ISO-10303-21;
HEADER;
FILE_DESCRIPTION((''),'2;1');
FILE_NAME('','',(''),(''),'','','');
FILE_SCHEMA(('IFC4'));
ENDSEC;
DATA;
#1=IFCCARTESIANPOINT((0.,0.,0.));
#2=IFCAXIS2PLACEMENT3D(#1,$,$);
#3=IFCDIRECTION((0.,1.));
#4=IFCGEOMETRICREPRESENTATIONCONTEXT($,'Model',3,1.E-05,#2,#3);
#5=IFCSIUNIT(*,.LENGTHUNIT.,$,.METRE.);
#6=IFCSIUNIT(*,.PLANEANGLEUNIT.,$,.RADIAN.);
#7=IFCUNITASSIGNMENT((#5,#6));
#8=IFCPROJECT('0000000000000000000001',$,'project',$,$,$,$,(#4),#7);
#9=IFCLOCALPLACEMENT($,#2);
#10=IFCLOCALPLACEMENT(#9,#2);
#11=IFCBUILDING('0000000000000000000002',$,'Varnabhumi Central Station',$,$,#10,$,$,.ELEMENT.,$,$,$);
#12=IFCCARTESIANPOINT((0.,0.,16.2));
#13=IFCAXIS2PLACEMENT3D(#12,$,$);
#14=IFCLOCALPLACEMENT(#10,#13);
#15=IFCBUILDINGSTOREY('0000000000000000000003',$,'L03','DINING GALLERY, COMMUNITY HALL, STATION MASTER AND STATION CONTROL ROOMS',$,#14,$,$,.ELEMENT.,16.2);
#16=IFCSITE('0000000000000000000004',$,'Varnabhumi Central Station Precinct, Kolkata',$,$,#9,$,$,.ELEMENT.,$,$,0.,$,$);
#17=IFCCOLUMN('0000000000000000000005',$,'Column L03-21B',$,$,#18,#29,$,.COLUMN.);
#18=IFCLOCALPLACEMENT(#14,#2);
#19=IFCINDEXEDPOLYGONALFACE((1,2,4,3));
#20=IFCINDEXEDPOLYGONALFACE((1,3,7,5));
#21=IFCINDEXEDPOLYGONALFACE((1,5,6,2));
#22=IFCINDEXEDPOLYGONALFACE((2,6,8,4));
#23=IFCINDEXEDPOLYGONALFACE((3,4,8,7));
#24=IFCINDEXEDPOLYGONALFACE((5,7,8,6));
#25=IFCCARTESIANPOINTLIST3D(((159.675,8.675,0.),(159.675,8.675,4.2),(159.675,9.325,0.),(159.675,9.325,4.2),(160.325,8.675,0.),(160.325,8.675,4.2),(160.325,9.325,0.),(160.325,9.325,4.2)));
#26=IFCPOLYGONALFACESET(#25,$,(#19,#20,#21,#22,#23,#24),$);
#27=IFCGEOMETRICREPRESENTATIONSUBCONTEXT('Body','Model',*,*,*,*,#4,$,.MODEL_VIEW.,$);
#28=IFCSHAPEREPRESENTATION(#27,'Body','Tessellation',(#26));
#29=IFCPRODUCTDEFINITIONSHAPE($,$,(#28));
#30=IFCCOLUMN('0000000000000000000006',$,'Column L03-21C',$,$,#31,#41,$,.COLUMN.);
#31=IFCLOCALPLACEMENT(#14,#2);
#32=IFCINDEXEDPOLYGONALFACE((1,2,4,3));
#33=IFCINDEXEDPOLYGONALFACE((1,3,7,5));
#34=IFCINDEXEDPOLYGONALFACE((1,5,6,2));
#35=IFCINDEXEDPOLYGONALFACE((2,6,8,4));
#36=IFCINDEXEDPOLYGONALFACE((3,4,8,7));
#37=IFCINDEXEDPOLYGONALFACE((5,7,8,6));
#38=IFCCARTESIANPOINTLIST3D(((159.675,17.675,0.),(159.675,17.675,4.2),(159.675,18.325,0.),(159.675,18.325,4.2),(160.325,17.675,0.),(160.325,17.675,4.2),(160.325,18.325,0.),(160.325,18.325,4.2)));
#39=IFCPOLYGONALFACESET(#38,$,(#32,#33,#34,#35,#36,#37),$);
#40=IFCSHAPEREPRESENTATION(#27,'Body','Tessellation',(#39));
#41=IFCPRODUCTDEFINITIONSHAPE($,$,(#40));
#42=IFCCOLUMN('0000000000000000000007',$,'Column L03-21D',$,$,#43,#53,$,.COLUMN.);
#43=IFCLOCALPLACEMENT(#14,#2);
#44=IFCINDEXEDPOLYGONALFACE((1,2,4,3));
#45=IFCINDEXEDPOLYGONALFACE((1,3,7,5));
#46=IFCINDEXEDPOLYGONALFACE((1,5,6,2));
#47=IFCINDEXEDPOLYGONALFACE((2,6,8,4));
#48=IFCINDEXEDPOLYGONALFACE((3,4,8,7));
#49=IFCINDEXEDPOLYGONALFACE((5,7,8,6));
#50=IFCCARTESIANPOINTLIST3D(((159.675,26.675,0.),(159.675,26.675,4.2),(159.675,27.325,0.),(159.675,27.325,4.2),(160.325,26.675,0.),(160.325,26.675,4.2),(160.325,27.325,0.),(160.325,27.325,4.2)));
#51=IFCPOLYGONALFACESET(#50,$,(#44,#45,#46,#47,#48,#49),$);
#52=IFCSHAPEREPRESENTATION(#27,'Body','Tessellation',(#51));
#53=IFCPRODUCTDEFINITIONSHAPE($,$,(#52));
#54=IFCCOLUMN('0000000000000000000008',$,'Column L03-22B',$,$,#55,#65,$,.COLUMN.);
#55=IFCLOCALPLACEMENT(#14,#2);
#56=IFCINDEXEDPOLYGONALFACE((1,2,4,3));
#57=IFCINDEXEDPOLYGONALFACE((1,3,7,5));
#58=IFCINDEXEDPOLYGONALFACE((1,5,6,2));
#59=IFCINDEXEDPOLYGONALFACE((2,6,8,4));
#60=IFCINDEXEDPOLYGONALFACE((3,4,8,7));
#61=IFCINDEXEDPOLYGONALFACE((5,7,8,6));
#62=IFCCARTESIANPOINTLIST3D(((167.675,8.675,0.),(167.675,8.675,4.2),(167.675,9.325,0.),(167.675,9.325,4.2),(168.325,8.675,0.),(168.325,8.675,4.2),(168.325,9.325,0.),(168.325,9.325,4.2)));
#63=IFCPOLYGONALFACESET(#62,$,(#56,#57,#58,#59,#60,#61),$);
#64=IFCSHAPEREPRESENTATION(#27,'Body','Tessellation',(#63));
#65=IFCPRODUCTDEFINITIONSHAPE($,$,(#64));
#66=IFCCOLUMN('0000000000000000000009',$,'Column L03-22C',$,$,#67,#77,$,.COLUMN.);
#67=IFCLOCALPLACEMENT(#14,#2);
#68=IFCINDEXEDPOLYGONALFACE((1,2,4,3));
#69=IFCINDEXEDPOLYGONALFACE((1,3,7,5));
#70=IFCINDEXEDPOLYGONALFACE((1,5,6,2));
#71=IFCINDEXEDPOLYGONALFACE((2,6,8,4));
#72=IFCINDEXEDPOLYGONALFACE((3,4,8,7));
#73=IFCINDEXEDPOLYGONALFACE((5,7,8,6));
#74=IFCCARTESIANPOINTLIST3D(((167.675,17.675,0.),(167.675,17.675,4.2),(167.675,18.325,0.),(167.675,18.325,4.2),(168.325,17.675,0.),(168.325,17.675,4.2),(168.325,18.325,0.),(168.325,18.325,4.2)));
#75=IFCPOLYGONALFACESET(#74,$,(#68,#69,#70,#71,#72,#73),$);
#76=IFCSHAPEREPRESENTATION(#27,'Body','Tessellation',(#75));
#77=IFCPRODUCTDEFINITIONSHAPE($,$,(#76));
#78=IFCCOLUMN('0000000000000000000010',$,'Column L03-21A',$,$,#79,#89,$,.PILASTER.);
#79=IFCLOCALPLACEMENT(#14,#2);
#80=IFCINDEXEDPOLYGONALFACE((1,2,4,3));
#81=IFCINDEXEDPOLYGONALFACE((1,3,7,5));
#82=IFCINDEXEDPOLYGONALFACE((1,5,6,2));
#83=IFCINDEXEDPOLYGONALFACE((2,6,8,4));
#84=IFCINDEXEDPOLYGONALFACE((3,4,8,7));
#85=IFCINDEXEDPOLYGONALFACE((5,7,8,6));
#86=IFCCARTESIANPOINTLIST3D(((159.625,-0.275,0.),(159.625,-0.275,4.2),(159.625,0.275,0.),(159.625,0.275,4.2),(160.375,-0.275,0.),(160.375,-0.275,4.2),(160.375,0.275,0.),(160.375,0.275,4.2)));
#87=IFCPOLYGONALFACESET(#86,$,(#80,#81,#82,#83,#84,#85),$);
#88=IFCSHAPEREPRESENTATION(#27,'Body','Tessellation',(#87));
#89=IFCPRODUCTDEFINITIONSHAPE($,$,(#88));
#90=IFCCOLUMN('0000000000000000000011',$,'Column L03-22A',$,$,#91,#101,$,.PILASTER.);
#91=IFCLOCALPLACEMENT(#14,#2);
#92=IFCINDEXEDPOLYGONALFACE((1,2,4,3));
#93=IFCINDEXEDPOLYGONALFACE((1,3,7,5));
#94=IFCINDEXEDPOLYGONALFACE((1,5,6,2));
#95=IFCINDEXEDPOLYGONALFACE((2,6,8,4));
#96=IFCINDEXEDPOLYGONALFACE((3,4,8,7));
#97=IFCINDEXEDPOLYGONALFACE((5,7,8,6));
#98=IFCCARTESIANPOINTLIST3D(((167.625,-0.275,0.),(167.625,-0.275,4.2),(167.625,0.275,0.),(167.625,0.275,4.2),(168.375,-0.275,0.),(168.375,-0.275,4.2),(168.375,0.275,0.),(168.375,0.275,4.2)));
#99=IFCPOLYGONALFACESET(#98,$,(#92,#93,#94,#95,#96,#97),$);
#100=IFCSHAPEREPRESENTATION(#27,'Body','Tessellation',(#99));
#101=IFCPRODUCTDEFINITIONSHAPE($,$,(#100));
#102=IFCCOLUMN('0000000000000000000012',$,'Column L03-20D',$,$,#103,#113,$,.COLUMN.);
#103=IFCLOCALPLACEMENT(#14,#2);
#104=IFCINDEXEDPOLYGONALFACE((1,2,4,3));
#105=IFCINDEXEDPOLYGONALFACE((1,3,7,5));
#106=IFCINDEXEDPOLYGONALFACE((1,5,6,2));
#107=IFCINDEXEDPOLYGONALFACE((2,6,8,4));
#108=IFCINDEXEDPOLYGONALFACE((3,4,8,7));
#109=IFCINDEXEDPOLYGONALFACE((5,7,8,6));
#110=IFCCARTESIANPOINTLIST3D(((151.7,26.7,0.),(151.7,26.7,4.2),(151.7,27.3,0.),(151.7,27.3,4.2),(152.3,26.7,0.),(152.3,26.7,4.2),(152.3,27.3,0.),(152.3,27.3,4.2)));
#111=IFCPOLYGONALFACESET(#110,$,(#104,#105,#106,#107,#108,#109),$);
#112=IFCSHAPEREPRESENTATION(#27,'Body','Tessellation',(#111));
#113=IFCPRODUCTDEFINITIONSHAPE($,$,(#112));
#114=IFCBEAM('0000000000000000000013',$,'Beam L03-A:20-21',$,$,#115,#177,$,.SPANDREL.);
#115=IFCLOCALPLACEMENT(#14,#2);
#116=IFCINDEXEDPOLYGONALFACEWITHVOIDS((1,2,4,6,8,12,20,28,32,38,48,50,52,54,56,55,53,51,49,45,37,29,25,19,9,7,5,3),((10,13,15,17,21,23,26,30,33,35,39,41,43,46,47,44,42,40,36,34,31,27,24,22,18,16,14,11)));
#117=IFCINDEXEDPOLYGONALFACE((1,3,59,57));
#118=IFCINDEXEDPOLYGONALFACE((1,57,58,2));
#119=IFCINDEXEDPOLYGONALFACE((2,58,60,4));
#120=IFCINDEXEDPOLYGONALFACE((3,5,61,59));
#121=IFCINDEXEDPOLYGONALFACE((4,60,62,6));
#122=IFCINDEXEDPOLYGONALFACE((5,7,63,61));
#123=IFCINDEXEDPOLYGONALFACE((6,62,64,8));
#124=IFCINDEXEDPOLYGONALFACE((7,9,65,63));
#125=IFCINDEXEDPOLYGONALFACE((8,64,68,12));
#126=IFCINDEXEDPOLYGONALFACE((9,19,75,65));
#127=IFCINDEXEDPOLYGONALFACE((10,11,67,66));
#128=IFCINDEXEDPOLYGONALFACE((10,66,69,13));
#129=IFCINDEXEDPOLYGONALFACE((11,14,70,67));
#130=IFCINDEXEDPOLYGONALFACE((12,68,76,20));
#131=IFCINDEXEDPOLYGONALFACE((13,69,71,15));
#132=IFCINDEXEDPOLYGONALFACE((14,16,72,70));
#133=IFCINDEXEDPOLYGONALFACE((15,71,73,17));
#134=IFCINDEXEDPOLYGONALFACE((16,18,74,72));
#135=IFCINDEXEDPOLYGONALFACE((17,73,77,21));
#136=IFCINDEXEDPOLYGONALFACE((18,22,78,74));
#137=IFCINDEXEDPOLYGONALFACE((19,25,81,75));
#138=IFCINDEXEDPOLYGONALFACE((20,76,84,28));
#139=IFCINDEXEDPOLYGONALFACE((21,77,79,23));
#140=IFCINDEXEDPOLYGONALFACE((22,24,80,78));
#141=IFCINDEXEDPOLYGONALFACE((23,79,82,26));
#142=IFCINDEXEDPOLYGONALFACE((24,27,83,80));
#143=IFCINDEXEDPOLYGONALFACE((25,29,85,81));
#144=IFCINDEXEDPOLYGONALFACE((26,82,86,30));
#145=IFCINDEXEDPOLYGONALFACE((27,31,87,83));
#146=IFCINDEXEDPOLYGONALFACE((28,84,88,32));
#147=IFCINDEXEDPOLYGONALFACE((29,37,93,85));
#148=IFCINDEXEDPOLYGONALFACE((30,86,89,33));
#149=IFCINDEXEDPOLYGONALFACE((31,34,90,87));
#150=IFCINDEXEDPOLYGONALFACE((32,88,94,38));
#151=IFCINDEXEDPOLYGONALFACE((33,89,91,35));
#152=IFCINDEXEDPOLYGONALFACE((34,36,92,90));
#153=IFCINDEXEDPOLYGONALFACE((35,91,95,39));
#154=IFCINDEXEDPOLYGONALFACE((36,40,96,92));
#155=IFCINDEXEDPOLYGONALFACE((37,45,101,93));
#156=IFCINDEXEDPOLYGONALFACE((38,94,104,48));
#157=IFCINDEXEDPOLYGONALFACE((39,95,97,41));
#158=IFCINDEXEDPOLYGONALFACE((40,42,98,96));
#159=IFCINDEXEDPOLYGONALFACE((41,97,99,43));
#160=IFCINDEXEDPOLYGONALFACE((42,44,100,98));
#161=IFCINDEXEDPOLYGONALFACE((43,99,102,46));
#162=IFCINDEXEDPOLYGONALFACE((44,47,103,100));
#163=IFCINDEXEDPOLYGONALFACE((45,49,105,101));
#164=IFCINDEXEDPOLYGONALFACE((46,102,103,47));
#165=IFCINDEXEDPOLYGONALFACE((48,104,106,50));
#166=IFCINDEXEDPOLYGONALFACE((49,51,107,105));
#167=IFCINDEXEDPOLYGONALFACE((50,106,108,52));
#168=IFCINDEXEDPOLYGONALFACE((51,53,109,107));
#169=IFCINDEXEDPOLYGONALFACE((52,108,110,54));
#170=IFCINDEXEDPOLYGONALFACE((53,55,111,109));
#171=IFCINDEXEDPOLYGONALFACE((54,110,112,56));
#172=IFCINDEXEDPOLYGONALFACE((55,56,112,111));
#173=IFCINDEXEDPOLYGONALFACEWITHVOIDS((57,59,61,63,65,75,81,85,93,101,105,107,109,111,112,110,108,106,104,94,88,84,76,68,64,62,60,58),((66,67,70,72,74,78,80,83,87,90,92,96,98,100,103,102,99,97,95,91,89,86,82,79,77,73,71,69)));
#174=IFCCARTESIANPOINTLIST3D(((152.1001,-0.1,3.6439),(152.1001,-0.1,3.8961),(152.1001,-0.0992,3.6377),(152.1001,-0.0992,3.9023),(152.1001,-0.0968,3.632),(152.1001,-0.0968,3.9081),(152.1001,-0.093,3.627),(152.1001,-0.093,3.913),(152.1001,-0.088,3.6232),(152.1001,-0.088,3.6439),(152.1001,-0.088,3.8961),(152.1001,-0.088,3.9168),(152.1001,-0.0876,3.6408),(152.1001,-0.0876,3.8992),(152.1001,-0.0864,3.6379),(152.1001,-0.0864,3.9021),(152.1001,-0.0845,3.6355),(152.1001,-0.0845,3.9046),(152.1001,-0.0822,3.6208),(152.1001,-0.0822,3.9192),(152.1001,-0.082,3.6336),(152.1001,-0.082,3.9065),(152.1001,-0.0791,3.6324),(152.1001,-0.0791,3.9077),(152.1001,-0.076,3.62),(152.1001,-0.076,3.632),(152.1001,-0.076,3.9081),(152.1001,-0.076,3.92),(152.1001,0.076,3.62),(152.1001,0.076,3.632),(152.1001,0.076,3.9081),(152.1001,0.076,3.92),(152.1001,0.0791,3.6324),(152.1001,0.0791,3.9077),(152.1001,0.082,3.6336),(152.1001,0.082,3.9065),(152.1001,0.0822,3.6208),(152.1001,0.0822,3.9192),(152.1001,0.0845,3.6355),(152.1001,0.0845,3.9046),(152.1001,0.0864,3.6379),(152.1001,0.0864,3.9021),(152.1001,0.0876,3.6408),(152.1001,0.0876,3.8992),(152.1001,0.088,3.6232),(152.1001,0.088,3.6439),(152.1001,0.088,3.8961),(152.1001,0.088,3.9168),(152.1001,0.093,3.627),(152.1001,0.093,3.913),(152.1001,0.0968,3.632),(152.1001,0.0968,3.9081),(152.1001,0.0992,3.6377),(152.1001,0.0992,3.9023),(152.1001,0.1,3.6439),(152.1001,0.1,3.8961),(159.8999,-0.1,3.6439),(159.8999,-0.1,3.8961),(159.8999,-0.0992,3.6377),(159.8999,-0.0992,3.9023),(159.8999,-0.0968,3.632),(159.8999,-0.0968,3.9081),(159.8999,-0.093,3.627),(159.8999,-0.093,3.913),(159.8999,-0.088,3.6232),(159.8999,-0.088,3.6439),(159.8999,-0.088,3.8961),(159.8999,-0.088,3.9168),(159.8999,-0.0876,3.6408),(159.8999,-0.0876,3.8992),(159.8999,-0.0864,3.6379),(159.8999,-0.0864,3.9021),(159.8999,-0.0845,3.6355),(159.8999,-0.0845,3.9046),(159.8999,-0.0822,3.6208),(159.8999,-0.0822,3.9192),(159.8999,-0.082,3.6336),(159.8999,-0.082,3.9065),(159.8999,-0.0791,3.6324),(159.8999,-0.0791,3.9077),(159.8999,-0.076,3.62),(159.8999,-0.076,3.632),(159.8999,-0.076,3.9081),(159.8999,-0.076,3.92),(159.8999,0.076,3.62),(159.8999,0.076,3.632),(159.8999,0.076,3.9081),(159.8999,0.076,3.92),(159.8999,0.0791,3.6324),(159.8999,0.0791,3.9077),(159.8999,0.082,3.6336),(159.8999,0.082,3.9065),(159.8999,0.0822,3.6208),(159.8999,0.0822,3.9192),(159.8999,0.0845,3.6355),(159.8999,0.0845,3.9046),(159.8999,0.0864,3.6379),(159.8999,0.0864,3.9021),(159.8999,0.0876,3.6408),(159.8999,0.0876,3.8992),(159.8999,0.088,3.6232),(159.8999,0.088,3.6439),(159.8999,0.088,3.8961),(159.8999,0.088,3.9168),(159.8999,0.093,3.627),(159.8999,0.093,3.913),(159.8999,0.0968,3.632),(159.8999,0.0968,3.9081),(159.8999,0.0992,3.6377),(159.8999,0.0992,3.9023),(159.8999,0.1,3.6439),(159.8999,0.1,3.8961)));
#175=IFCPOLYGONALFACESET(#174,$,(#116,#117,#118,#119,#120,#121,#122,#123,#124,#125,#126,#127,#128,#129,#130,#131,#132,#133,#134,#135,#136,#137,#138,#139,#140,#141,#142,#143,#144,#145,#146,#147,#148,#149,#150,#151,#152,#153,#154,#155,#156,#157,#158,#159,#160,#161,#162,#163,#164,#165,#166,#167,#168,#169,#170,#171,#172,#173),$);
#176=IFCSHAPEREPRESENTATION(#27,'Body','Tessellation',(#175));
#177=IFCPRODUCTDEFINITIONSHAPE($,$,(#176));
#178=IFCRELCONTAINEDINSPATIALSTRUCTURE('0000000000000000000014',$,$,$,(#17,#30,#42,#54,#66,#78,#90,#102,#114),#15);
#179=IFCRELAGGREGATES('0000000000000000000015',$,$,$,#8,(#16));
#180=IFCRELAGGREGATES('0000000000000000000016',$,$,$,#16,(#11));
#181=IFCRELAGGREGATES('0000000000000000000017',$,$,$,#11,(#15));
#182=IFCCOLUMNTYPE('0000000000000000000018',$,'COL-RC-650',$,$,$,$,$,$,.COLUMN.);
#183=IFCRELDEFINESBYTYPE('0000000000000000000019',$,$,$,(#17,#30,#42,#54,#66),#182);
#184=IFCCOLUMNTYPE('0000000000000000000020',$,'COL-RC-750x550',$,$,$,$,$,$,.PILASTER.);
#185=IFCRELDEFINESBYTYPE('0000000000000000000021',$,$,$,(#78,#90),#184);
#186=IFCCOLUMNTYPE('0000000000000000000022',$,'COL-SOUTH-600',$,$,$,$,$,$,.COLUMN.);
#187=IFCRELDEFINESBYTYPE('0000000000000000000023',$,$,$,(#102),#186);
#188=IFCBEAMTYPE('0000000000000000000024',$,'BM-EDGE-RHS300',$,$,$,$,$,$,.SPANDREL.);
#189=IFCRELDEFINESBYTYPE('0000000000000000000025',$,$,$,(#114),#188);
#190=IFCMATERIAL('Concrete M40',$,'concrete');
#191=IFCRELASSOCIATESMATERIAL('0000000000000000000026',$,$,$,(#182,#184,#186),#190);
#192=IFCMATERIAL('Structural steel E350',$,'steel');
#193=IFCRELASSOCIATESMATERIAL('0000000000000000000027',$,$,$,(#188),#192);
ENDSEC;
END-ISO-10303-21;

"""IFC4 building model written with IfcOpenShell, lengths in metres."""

from ifc_helpers import new_model, si_unit, direction, frame, origin, origin_2d, place, context, subcontext, project, spatial, rectangle, hollow_rectangle, extrude, material, material_profile, profile_set, type_object, element, save


model = new_model("IFC4")

# Units and contexts
model_context = context("Model", 3, precision=1e-05, world=origin(), true_north=direction((0.0, 1.0)))
body_context = subcontext(model_context, "Body", "Model", "MODEL_VIEW")
ifc_project = project(units=[si_unit("LENGTHUNIT", "METRE"), si_unit("PLANEANGLEUNIT", "RADIAN")], contexts=[model_context])

# Site, building, storey
site_placement = place(None, origin())
site = spatial("IfcSite", under=ifc_project, at=site_placement, Name="Varnabhumi Central Station Precinct, Kolkata", CompositionType="ELEMENT", RefElevation=0.0)
building_placement = place(site_placement, origin())
building = spatial("IfcBuilding", under=site, at=building_placement, Name="Varnabhumi Central Station", CompositionType="ELEMENT")
storey_placement = place(building_placement, frame((0.0, 0.0, 16.2)))
storey = spatial("IfcBuildingStorey", under=building, at=storey_placement, Name="L03", Description="DINING GALLERY, COMMUNITY HALL, STATION MASTER AND STATION CONTROL ROOMS", CompositionType="ELEMENT", Elevation=16.2)

# Columns
ifc_material_1 = material(Name="Concrete M40", Category="concrete")
ifc_material_profile_1 = material_profile(ifc_material_1, rectangle(XDim=0.6499, YDim=0.6499, at=origin_2d()), Name="Concrete M40", Category="concrete")
ifc_profile_set_1 = profile_set([ifc_material_profile_1], Name="Concrete M40")
column_type_1 = type_object("IfcColumnType", Name="COL-RC-650", PredefinedType="COLUMN", material=ifc_profile_set_1)
for number, where, z_axis, x_axis, name in (
    (1, (160.0, 9.0, 0.0), (0.0, 0.0, 1.0), (1.0, 0.0, 0.0), "Column L03-21B"),
    (2, (160.0, 18.0, 0.0), (0.0, 0.0, 1.0), (1.0, 0.0, 0.0), "Column L03-21C"),
    (3, (160.0, 27.0, 0.0), (0.0, 0.0, 1.0), (1.0, 0.0, 0.0), "Column L03-21D"),
    (4, (168.0, 9.0, 0.0), (0.0, 0.0, 1.0), (1.0, 0.0, 0.0), "Column L03-22B"),
    (5, (168.0, 18.0, 0.0), (0.0, 0.0, 1.0), (1.0, 0.0, 0.0), "Column L03-22C"),
):
    element("IfcColumn", number, at=place(storey_placement, frame(where, z_axis=z_axis, x_axis=x_axis)), inside=storey, type_object=column_type_1, Name=name, PredefinedType="COLUMN", context=body_context, shape_type="SweptSolid", body=[
        extrude(rectangle(XDim=0.6499, YDim=0.6499, at=origin_2d()), origin(), (0.0, 0.0, 1.0), 4.2),
    ])
ifc_material_profile_2 = material_profile(ifc_material_1, rectangle(XDim=0.75, YDim=0.55, at=origin_2d()), Name="Concrete M40", Category="concrete")
ifc_profile_set_2 = profile_set([ifc_material_profile_2], Name="Concrete M40")
column_type_2 = type_object("IfcColumnType", Name="COL-RC-750x550", PredefinedType="PILASTER", material=ifc_profile_set_2)
for number, where, z_axis, x_axis, name in (
    (6, (160.0, 0.0, 0.0), (0.0, 0.0, 1.0), (1.0, 0.0, 0.0), "Column L03-21A"),
    (7, (168.0, 0.0, 0.0), (0.0, 0.0, 1.0), (1.0, 0.0, 0.0), "Column L03-22A"),
):
    element("IfcColumn", number, at=place(storey_placement, frame(where, z_axis=z_axis, x_axis=x_axis)), inside=storey, type_object=column_type_2, Name=name, PredefinedType="PILASTER", context=body_context, shape_type="SweptSolid", body=[
        extrude(rectangle(XDim=0.75, YDim=0.55, at=origin_2d()), origin(), (0.0, 0.0, 1.0), 4.2),
    ])
ifc_material_profile_3 = material_profile(ifc_material_1, rectangle(XDim=0.6001, YDim=0.6001, at=origin_2d()), Name="Concrete M40", Category="concrete")
ifc_profile_set_3 = profile_set([ifc_material_profile_3], Name="Concrete M40")
column_type_3 = type_object("IfcColumnType", Name="COL-SOUTH-600", PredefinedType="COLUMN", material=ifc_profile_set_3)
column_placement = place(storey_placement, frame((152.0, 27.0, 0.0), z_axis=(0.0, 0.0, 1.0), x_axis=(1.0, 0.0, 0.0)))
element("IfcColumn", 8, at=column_placement, inside=storey, type_object=column_type_3, Name="Column L03-20D", PredefinedType="COLUMN", context=body_context, shape_type="SweptSolid", body=[
    extrude(rectangle(XDim=0.6001, YDim=0.6001, at=origin_2d()), origin(), (0.0, 0.0, 1.0), 4.2),
])

# Beam
ifc_material_2 = material(Name="Structural steel E350", Category="steel")
ifc_material_profile_4 = material_profile(ifc_material_2, hollow_rectangle(XDim=0.2, YDim=0.3, WallThickness=0.012, InnerFilletRadius=0.012, OuterFilletRadius=0.0239, at=origin_2d()), Name="Structural steel E350", Category="steel")
ifc_profile_set_4 = profile_set([ifc_material_profile_4], Name="Structural steel E350")
beam_type_1 = type_object("IfcBeamType", Name="BM-EDGE-RHS300", PredefinedType="SPANDREL", material=ifc_profile_set_4)
for number, where, z_axis, x_axis, name in (
    (9, (152.1001, 0.0, 3.77), (1.0, 0.0, 0.0), (0.0, 1.0, 0.0), "Beam L03-A:20-21"),
):
    element("IfcBeam", number, at=place(storey_placement, frame(where, z_axis=z_axis, x_axis=x_axis)), inside=storey, type_object=beam_type_1, Name=name, PredefinedType="SPANDREL", context=body_context, shape_type="SweptSolid", body=[
        extrude(hollow_rectangle(XDim=0.2, YDim=0.3, WallThickness=0.012, InnerFilletRadius=0.012, OuterFilletRadius=0.0239, at=origin_2d()), origin(), (0.0, 0.0, 1.0), 7.7998),
    ])

save(model, "model.ifc")
